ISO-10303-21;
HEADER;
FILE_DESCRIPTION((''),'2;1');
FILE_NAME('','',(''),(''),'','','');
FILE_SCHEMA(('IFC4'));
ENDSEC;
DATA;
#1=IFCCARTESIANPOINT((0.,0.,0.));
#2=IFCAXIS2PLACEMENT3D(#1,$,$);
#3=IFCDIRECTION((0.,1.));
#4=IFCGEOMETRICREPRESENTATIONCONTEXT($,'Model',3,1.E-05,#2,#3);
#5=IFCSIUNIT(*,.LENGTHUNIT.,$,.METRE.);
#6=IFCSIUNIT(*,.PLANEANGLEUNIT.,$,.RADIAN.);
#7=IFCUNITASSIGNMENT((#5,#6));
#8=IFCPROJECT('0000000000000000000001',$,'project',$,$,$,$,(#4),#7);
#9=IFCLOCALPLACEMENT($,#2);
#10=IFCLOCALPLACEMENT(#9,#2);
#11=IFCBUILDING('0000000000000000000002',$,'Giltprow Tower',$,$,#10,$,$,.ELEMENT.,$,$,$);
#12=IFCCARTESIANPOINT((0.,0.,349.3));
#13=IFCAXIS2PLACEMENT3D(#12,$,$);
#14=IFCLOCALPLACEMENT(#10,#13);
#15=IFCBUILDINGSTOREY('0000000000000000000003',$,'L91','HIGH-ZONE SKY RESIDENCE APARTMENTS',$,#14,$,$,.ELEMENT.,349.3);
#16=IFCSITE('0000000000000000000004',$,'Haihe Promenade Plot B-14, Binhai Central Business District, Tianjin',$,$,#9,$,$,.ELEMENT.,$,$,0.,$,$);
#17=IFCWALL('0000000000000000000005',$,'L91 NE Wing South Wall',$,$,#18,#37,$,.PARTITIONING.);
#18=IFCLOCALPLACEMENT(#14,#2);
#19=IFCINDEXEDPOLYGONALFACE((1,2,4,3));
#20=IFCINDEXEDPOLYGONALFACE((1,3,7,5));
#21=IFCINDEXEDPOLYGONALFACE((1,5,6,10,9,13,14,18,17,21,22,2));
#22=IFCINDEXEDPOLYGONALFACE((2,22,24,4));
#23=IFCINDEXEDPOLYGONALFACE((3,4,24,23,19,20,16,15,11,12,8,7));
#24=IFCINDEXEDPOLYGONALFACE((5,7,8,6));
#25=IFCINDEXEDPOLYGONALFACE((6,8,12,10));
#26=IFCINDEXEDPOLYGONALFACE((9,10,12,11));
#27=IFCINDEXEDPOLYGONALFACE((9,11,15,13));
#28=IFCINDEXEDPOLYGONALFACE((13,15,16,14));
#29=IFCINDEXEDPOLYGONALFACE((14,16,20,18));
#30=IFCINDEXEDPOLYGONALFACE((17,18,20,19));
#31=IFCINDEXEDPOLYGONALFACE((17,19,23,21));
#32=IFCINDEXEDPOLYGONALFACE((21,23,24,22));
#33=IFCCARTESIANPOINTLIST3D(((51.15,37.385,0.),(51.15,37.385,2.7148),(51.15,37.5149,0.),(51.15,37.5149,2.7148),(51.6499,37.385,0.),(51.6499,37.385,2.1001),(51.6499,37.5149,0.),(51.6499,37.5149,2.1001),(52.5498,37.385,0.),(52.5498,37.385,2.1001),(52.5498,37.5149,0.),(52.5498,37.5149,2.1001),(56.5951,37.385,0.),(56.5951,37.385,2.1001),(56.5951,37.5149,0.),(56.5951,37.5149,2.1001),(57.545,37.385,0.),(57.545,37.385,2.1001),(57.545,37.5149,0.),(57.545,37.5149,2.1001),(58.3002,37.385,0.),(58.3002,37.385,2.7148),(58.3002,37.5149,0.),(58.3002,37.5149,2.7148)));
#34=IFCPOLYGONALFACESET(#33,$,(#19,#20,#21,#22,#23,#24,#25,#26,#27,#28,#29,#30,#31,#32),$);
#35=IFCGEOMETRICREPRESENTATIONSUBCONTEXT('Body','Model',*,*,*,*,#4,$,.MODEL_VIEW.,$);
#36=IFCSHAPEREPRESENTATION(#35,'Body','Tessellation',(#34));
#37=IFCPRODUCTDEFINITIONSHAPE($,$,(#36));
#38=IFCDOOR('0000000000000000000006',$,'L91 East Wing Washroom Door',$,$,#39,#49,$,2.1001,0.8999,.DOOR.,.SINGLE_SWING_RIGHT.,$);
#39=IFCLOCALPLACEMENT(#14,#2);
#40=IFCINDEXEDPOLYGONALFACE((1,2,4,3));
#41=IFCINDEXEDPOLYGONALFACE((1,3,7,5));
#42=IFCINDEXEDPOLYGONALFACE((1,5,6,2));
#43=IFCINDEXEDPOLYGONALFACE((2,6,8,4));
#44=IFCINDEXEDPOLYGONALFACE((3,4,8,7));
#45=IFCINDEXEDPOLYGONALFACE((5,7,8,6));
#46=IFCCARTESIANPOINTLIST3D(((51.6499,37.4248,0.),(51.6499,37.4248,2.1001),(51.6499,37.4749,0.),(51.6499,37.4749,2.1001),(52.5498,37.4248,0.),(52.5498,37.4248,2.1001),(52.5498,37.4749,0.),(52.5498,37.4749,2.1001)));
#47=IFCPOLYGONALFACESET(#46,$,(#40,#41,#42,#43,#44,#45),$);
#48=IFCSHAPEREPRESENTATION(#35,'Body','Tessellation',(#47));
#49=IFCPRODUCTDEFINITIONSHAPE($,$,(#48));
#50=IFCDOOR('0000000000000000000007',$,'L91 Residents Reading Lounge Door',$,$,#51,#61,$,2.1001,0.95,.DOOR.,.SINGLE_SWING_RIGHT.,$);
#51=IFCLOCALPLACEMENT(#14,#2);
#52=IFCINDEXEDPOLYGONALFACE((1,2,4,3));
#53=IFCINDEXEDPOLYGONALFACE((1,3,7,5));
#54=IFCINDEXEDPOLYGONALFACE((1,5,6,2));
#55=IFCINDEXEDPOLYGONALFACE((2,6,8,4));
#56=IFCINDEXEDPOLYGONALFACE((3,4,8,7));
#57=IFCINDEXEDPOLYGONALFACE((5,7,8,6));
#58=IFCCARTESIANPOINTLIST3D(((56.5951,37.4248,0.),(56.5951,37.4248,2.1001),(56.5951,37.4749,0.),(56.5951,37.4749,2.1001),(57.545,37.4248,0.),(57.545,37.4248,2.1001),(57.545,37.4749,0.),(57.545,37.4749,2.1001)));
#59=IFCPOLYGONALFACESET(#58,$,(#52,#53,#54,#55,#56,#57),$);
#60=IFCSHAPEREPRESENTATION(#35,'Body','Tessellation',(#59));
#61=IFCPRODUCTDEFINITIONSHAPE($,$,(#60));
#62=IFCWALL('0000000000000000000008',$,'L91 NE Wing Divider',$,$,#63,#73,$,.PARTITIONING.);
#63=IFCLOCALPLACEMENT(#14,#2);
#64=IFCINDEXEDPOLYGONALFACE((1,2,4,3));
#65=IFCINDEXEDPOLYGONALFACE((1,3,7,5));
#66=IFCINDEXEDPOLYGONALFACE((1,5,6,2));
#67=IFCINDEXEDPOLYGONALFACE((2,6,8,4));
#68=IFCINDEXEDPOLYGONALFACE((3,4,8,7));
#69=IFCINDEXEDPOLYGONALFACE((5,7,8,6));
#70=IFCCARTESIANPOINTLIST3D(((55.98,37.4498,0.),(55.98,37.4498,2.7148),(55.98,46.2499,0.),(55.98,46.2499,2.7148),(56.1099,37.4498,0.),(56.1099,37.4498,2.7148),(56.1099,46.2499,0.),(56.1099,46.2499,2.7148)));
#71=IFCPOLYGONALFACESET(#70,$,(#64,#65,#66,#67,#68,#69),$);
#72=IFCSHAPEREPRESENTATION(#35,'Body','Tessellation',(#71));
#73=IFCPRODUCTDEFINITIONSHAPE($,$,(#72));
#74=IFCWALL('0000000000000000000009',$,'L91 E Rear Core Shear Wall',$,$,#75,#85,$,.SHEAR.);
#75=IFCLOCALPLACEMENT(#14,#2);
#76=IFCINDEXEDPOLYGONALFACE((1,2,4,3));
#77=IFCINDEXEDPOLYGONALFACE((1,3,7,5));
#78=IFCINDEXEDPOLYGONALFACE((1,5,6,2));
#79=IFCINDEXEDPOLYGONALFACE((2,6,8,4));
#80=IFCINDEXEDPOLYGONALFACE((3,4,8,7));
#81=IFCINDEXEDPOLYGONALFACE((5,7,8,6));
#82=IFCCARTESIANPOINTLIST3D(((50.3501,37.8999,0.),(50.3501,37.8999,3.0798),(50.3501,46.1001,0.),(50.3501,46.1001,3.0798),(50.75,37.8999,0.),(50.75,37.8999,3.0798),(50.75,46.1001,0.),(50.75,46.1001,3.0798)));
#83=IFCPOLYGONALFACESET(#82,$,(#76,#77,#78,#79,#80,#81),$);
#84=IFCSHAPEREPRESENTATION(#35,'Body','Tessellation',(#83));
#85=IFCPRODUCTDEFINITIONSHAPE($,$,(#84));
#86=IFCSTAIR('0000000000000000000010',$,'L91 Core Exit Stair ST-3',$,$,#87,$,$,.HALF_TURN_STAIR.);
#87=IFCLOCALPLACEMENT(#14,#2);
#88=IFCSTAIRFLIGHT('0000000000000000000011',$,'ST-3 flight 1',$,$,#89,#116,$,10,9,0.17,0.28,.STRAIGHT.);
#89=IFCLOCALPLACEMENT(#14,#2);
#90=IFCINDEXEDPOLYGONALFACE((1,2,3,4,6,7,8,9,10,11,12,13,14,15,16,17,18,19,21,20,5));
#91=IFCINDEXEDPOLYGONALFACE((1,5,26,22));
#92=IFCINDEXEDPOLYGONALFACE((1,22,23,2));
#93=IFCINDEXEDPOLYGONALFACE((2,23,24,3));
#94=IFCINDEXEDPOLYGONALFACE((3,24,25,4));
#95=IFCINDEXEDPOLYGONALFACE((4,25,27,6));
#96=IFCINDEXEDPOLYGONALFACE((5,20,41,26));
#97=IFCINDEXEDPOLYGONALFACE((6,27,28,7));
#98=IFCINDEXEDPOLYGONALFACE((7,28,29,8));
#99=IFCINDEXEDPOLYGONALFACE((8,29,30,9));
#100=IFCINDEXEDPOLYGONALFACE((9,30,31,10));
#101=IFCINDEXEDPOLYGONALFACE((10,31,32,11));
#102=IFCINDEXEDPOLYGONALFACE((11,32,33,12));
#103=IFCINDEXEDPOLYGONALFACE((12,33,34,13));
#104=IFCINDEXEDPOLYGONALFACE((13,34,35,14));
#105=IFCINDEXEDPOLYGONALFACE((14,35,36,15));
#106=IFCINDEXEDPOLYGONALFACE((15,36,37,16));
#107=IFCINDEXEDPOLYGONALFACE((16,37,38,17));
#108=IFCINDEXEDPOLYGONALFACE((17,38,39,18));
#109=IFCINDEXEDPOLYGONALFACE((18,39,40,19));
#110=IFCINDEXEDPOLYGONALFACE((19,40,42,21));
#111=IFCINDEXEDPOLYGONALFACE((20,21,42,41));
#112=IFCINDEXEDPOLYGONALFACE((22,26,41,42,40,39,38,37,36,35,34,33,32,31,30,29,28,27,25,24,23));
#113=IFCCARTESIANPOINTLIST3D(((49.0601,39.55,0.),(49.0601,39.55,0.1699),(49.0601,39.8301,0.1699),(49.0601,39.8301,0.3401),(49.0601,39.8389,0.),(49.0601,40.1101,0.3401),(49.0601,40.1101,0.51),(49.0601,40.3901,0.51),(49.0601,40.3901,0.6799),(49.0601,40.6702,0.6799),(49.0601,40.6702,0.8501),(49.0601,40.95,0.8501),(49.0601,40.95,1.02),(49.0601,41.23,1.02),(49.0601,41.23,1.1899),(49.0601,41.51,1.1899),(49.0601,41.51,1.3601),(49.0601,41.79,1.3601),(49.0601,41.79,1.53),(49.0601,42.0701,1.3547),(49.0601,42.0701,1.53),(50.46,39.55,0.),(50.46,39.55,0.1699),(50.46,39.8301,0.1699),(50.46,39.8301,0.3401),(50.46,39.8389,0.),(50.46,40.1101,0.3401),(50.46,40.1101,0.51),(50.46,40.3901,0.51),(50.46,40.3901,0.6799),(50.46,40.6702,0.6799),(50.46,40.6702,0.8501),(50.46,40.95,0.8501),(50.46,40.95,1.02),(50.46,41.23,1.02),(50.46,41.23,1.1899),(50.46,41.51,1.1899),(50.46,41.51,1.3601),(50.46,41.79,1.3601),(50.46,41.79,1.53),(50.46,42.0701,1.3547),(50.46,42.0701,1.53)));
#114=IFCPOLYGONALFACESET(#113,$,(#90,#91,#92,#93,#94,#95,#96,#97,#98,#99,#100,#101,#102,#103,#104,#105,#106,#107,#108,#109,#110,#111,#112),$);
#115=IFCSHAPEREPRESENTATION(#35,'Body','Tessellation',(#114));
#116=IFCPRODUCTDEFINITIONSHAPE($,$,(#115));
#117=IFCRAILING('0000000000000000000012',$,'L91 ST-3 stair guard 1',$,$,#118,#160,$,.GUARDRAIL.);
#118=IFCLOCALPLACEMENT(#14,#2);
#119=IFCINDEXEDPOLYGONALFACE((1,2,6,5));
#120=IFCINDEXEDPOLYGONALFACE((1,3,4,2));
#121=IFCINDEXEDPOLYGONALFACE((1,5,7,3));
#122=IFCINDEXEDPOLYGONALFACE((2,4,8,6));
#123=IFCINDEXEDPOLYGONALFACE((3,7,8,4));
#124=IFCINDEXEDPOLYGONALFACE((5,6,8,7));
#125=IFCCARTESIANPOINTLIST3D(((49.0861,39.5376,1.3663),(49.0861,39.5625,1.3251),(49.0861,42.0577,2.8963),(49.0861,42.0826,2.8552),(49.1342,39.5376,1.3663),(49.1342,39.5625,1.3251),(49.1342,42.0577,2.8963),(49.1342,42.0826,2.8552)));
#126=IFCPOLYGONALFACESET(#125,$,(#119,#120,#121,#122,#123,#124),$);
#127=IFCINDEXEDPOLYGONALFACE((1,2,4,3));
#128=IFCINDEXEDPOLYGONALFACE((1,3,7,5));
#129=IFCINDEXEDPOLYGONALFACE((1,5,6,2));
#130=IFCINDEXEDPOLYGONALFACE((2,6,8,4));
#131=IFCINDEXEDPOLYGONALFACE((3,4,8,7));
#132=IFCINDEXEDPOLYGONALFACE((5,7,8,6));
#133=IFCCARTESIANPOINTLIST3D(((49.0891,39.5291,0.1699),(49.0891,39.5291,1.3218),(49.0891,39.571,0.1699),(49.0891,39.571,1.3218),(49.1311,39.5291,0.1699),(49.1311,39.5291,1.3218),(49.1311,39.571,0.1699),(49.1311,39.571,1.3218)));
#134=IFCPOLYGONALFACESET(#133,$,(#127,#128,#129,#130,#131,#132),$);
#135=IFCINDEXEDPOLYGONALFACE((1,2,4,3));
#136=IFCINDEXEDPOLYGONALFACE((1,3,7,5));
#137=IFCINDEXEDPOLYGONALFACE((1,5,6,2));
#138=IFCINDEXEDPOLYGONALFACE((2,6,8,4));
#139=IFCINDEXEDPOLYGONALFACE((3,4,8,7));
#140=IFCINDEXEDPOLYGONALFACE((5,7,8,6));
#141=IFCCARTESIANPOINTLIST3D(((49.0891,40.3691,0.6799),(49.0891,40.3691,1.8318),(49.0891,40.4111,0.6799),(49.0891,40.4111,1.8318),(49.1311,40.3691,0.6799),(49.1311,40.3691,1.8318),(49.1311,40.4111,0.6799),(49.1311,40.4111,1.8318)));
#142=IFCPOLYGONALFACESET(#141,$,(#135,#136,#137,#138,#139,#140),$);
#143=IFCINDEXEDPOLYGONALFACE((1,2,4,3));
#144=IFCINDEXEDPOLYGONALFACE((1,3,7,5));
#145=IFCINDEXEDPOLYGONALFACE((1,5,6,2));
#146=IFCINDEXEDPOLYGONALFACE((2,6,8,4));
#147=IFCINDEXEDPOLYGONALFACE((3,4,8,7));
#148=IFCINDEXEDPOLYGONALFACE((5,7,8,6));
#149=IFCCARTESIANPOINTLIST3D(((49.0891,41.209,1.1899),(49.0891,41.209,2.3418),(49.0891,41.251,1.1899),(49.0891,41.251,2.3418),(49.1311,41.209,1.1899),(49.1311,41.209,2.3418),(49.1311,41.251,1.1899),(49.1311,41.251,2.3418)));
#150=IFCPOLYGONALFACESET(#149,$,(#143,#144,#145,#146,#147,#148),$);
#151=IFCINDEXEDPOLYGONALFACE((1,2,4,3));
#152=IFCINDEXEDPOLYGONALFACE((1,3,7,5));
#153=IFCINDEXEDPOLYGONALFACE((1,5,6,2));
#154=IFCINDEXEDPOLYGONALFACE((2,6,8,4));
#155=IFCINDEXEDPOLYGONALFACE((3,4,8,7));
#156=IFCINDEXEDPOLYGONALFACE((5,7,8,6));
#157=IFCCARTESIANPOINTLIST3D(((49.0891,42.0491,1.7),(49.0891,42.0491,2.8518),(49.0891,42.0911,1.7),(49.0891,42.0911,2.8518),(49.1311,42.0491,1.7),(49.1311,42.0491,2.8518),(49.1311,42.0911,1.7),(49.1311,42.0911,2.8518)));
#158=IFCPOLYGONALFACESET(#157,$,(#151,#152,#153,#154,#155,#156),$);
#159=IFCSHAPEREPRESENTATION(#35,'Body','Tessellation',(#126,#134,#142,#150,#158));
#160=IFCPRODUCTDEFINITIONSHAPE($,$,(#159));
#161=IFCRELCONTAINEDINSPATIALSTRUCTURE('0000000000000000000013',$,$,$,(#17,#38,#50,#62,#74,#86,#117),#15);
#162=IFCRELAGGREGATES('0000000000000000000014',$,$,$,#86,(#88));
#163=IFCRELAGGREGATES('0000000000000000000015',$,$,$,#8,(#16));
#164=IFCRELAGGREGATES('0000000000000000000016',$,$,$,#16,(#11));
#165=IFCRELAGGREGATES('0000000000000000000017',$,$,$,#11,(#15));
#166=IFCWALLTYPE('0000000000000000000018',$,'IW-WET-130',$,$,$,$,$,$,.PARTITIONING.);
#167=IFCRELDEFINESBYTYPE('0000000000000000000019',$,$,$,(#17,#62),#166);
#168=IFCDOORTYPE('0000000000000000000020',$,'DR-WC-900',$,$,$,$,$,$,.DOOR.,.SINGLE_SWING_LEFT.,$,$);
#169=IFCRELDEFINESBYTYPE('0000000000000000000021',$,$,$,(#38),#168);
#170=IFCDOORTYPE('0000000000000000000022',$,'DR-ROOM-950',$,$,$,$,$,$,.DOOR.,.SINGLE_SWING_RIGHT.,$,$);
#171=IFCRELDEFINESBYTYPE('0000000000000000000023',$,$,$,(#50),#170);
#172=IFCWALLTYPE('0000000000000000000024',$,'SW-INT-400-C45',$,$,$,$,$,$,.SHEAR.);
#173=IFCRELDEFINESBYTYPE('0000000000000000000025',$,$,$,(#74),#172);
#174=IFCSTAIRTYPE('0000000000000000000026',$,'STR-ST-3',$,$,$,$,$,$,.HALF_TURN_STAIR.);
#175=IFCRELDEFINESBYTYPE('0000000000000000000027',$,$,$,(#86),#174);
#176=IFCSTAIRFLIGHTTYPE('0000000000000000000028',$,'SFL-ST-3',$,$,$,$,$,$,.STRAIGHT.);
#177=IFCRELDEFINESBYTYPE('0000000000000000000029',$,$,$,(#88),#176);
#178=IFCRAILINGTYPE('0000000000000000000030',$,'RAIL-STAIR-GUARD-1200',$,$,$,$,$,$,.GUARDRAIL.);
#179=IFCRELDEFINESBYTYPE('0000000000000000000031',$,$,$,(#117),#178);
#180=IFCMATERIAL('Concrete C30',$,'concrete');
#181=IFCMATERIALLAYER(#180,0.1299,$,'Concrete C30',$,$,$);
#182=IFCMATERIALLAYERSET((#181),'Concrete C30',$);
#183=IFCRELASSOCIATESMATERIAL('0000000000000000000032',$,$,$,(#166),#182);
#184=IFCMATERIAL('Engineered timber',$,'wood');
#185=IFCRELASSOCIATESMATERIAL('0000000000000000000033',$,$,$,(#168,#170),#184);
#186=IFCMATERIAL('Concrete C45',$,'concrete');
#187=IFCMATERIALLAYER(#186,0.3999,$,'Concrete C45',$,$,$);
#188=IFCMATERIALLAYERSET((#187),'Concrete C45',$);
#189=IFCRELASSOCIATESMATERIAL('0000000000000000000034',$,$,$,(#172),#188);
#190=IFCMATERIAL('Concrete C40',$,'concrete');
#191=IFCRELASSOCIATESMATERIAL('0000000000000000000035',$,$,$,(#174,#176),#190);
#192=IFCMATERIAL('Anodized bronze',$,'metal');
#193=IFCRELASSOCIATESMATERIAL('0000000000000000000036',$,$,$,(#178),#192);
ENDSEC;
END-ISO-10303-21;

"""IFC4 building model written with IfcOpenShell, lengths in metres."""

from ifc_helpers import new_model, si_unit, direction, frame, frame_2d, origin, origin_2d, place, context, subcontext, project, spatial, polyline, rectangle, outline, extrude, source, transform, mapped, material, layer, layer_set, type_object, element, fill, aggregate, save


model = new_model("IFC4")

# Units and contexts
model_context = context("Model", 3, precision=1e-05, world=origin(), true_north=direction((0.0, 1.0)))
body_context = subcontext(model_context, "Body", "Model", "MODEL_VIEW")
ifc_project = project(units=[si_unit("LENGTHUNIT", "METRE"), si_unit("PLANEANGLEUNIT", "RADIAN")], contexts=[model_context])

# Site, building, storey
site_placement = place(None, origin())
site = spatial("IfcSite", under=ifc_project, at=site_placement, Name="Haihe Promenade Plot B-14, Binhai Central Business District, Tianjin", CompositionType="ELEMENT", RefElevation=0.0)
building_placement = place(site_placement, origin())
building = spatial("IfcBuilding", under=site, at=building_placement, Name="Giltprow Tower", CompositionType="ELEMENT")
storey_placement = place(building_placement, frame((0.0, 0.0, 349.3)))
storey = spatial("IfcBuildingStorey", under=building, at=storey_placement, Name="L91", Description="HIGH-ZONE SKY RESIDENCE APARTMENTS", CompositionType="ELEMENT", Elevation=349.3)

# Shared definitions
ifc_material_1 = material(Name="Concrete C45", Category="concrete")

# Wall, openings, doors
ifc_material_2 = material(Name="Concrete C30", Category="concrete")
ifc_layer_1 = layer(ifc_material_2, 0.1299, Name="Concrete C30")
ifc_layer_set_1 = layer_set([ifc_layer_1], Name="Concrete C30")
wall_type_1 = type_object("IfcWallType", Name="IW-WET-130", PredefinedType="PARTITIONING", material=ifc_layer_set_1)
wall_1_placement = place(storey_placement, frame((51.1499, 37.45, 0.0), z_axis=(0.0, 0.0, 1.0), x_axis=(1.0, 0.0, 0.0)))
wall_1 = element("IfcWall", 1, at=wall_1_placement, inside=storey, type_object=wall_type_1, Name="L91 NE Wing South Wall", PredefinedType="PARTITIONING", context=body_context, shape_type="SweptSolid", body=[
    extrude(rectangle(XDim=7.1501, YDim=0.1299, at=frame_2d((3.5752, 0.0))), origin(), (0.0, 0.0, 1.0), 2.7148),
])
opening_1_placement = place(wall_1_placement, frame((0.5, 0.0, 0.0)))
opening_1 = element("IfcOpeningElement", 2, at=opening_1_placement, cuts=wall_1, PredefinedType="OPENING", context=body_context, shape_type="SweptSolid", body=[
    extrude(rectangle(XDim=0.8999, YDim=2.1001, at=frame_2d((0.45, 1.05))), frame((0.0, 0.075, 0.0), z_axis=(0.0, -1.0, 0.0), x_axis=(1.0, 0.0, 0.0)), (0.0, 0.0, 1.0), 0.1499),
])
opening_2_placement = place(wall_1_placement, frame((5.4451, 0.0, 0.0)))
opening_2 = element("IfcOpeningElement", 3, at=opening_2_placement, cuts=wall_1, PredefinedType="OPENING", context=body_context, shape_type="SweptSolid", body=[
    extrude(rectangle(XDim=0.95, YDim=2.1001, at=frame_2d((0.4751, 1.05))), frame((0.0, 0.075, 0.0), z_axis=(0.0, -1.0, 0.0), x_axis=(1.0, 0.0, 0.0)), (0.0, 0.0, 1.0), 0.1499),
])
ifc_material_3 = material(Name="Engineered timber", Category="wood")
door_type_1 = type_object("IfcDoorType", Name="DR-WC-900", OperationType="SINGLE_SWING_LEFT", PredefinedType="DOOR", material=ifc_material_3)
shared_shape_1 = source(origin(), body_context, "Body", "SweptSolid", [
    extrude(rectangle(XDim=0.8999, YDim=2.1001, at=frame_2d((0.45, 1.05))), frame((0.0, 0.0249, 0.0), z_axis=(0.0, -1.0, 0.0), x_axis=(1.0, 0.0, 0.0)), (0.0, 0.0, 1.0), 0.05),
])
door_1_placement = place(opening_1_placement, origin())
door_1 = element("IfcDoor", 4, at=door_1_placement, inside=storey, type_object=door_type_1, Name="L91 East Wing Washroom Door", OperationType="SINGLE_SWING_RIGHT", OverallHeight=2.1001, OverallWidth=0.8999, PredefinedType="DOOR", context=body_context, shape_type="MappedRepresentation", body=[
    mapped(shared_shape_1, transform((0.0, 0.0, 0.0), x_axis=(1.0, 0.0, 0.0), y_axis=(0.0, 1.0, 0.0), z_axis=(0.0, 0.0, 1.0), scale=1.0)),
])
fill(opening_1, door_1)
door_type_2 = type_object("IfcDoorType", Name="DR-ROOM-950", OperationType="SINGLE_SWING_RIGHT", PredefinedType="DOOR", material=ifc_material_3)
shared_shape_2 = source(origin(), body_context, "Body", "SweptSolid", [
    extrude(rectangle(XDim=0.95, YDim=2.1001, at=frame_2d((0.4751, 1.05))), frame((0.0, 0.0249, 0.0), z_axis=(0.0, -1.0, 0.0), x_axis=(1.0, 0.0, 0.0)), (0.0, 0.0, 1.0), 0.05),
])
door_2_placement = place(opening_2_placement, origin())
door_2 = element("IfcDoor", 5, at=door_2_placement, inside=storey, type_object=door_type_2, Name="L91 Residents Reading Lounge Door", OperationType="SINGLE_SWING_RIGHT", OverallHeight=2.1001, OverallWidth=0.95, PredefinedType="DOOR", context=body_context, shape_type="MappedRepresentation", body=[
    mapped(shared_shape_2, transform((0.0, 0.0, 0.0), x_axis=(1.0, 0.0, 0.0), y_axis=(0.0, 1.0, 0.0), z_axis=(0.0, 0.0, 1.0), scale=1.0)),
])
fill(opening_2, door_2)

# Walls
wall_2_placement = place(storey_placement, frame((56.0449, 37.45, 0.0), z_axis=(0.0, 0.0, 1.0), x_axis=(0.0, 1.0, 0.0)))
element("IfcWall", 6, at=wall_2_placement, inside=storey, type_object=wall_type_1, Name="L91 NE Wing Divider", PredefinedType="PARTITIONING", context=body_context, shape_type="SweptSolid", body=[
    extrude(rectangle(XDim=8.8, YDim=0.1299, at=frame_2d((4.3999, 0.0))), origin(), (0.0, 0.0, 1.0), 2.7148),
])
ifc_layer_2 = layer(ifc_material_1, 0.3999, Name="Concrete C45")
ifc_layer_set_2 = layer_set([ifc_layer_2], Name="Concrete C45")
wall_type_2 = type_object("IfcWallType", Name="SW-INT-400-C45", PredefinedType="SHEAR", material=ifc_layer_set_2)
wall_3_placement = place(storey_placement, frame((50.55, 37.8999, 0.0), z_axis=(0.0, 0.0, 1.0), x_axis=(0.0, 1.0, 0.0)))
element("IfcWall", 7, at=wall_3_placement, inside=storey, type_object=wall_type_2, Name="L91 E Rear Core Shear Wall", PredefinedType="SHEAR", context=body_context, shape_type="SweptSolid", body=[
    extrude(rectangle(XDim=8.2002, YDim=0.3999, at=frame_2d((4.1001, 0.0))), origin(), (0.0, 0.0, 1.0), 3.0798),
])

# Stair, stair flight
ifc_material_4 = material(Name="Concrete C40", Category="concrete")
stair_type = type_object("IfcStairType", Name="STR-ST-3", PredefinedType="HALF_TURN_STAIR", material=ifc_material_4)
stair_placement = place(storey_placement, origin())
stair = element("IfcStair", 8, at=stair_placement, inside=storey, type_object=stair_type, Name="L91 Core Exit Stair ST-3", PredefinedType="HALF_TURN_STAIR")
stair_flight_type = type_object("IfcStairFlightType", Name="SFL-ST-3", PredefinedType="STRAIGHT", material=ifc_material_4)
stair_flight_placement = place(storey_placement, frame((49.76, 39.55, 0.0), z_axis=(0.0, 0.0, 1.0), x_axis=(0.0, 1.0, 0.0)))
stair_flight = element("IfcStairFlight", 9, at=stair_flight_placement, type_object=stair_flight_type, Name="ST-3 flight 1", NumberOfRisers=10, NumberOfTreads=9, PredefinedType="STRAIGHT", RiserHeight=0.17, TreadLength=0.28, context=body_context, shape_type="SweptSolid", body=[
    extrude(outline(polyline([(0.0, 0.0), (0.0, 0.1699), (0.28, 0.1699), (0.28, 0.3401), (0.5601, 0.3401), (0.5601, 0.51), (0.8401, 0.51), (0.8401, 0.6799), (1.1201, 0.6799), (1.1201, 0.8501), (1.3999, 0.8501), (1.3999, 1.02), (1.6799, 1.02), (1.6799, 1.1899), (1.96, 1.1899), (1.96, 1.3601), (2.24, 1.3601), (2.24, 1.53), (2.52, 1.53), (2.52, 1.7), (2.52, 1.3547), (0.2888, 0.0), (0.0, 0.0)])), frame((0.0, 0.7, 0.0), z_axis=(0.0, -1.0, 0.0), x_axis=(1.0, 0.0, 0.0)), (0.0, 0.0, 1.0), 1.3999),
])
aggregate(stair, [stair_flight])

# Railing
ifc_material_5 = material(Name="Anodized bronze", Category="metal")
railing_type_1 = type_object("IfcRailingType", Name="RAIL-STAIR-GUARD-1200", PredefinedType="GUARDRAIL", material=ifc_material_5)
railing_1_placement = place(storey_placement, frame((49.1101, 39.55, 0.1699)))
element("IfcRailing", 10, at=railing_1_placement, inside=storey, type_object=railing_type_1, Name="L91 ST-3 stair guard 1", PredefinedType="GUARDRAIL", context=body_context, shape_type="SweptSolid", body=[
    extrude(rectangle(XDim=0.0481, YDim=0.0481, at=origin_2d()), frame((0.0, 0.0, 1.1758), z_axis=(0.0, 0.854785, 0.518982), x_axis=(-1.0, 0.0, 0.0)), (0.0, 0.0, 1.0), 2.9482),
    extrude(rectangle(XDim=0.042, YDim=0.042, at=origin_2d()), origin(), (0.0, 0.0, 1.0), 1.1519),
    extrude(rectangle(XDim=0.042, YDim=0.042, at=origin_2d()), frame((0.0, 0.8401, 0.51)), (0.0, 0.0, 1.0), 1.1519),
    extrude(rectangle(XDim=0.042, YDim=0.042, at=origin_2d()), frame((0.0, 1.6799, 1.02)), (0.0, 0.0, 1.0), 1.1519),
    extrude(rectangle(XDim=0.042, YDim=0.042, at=origin_2d()), frame((0.0, 2.52, 1.53)), (0.0, 0.0, 1.0), 1.1519),
])

save(model, "model.ifc")
